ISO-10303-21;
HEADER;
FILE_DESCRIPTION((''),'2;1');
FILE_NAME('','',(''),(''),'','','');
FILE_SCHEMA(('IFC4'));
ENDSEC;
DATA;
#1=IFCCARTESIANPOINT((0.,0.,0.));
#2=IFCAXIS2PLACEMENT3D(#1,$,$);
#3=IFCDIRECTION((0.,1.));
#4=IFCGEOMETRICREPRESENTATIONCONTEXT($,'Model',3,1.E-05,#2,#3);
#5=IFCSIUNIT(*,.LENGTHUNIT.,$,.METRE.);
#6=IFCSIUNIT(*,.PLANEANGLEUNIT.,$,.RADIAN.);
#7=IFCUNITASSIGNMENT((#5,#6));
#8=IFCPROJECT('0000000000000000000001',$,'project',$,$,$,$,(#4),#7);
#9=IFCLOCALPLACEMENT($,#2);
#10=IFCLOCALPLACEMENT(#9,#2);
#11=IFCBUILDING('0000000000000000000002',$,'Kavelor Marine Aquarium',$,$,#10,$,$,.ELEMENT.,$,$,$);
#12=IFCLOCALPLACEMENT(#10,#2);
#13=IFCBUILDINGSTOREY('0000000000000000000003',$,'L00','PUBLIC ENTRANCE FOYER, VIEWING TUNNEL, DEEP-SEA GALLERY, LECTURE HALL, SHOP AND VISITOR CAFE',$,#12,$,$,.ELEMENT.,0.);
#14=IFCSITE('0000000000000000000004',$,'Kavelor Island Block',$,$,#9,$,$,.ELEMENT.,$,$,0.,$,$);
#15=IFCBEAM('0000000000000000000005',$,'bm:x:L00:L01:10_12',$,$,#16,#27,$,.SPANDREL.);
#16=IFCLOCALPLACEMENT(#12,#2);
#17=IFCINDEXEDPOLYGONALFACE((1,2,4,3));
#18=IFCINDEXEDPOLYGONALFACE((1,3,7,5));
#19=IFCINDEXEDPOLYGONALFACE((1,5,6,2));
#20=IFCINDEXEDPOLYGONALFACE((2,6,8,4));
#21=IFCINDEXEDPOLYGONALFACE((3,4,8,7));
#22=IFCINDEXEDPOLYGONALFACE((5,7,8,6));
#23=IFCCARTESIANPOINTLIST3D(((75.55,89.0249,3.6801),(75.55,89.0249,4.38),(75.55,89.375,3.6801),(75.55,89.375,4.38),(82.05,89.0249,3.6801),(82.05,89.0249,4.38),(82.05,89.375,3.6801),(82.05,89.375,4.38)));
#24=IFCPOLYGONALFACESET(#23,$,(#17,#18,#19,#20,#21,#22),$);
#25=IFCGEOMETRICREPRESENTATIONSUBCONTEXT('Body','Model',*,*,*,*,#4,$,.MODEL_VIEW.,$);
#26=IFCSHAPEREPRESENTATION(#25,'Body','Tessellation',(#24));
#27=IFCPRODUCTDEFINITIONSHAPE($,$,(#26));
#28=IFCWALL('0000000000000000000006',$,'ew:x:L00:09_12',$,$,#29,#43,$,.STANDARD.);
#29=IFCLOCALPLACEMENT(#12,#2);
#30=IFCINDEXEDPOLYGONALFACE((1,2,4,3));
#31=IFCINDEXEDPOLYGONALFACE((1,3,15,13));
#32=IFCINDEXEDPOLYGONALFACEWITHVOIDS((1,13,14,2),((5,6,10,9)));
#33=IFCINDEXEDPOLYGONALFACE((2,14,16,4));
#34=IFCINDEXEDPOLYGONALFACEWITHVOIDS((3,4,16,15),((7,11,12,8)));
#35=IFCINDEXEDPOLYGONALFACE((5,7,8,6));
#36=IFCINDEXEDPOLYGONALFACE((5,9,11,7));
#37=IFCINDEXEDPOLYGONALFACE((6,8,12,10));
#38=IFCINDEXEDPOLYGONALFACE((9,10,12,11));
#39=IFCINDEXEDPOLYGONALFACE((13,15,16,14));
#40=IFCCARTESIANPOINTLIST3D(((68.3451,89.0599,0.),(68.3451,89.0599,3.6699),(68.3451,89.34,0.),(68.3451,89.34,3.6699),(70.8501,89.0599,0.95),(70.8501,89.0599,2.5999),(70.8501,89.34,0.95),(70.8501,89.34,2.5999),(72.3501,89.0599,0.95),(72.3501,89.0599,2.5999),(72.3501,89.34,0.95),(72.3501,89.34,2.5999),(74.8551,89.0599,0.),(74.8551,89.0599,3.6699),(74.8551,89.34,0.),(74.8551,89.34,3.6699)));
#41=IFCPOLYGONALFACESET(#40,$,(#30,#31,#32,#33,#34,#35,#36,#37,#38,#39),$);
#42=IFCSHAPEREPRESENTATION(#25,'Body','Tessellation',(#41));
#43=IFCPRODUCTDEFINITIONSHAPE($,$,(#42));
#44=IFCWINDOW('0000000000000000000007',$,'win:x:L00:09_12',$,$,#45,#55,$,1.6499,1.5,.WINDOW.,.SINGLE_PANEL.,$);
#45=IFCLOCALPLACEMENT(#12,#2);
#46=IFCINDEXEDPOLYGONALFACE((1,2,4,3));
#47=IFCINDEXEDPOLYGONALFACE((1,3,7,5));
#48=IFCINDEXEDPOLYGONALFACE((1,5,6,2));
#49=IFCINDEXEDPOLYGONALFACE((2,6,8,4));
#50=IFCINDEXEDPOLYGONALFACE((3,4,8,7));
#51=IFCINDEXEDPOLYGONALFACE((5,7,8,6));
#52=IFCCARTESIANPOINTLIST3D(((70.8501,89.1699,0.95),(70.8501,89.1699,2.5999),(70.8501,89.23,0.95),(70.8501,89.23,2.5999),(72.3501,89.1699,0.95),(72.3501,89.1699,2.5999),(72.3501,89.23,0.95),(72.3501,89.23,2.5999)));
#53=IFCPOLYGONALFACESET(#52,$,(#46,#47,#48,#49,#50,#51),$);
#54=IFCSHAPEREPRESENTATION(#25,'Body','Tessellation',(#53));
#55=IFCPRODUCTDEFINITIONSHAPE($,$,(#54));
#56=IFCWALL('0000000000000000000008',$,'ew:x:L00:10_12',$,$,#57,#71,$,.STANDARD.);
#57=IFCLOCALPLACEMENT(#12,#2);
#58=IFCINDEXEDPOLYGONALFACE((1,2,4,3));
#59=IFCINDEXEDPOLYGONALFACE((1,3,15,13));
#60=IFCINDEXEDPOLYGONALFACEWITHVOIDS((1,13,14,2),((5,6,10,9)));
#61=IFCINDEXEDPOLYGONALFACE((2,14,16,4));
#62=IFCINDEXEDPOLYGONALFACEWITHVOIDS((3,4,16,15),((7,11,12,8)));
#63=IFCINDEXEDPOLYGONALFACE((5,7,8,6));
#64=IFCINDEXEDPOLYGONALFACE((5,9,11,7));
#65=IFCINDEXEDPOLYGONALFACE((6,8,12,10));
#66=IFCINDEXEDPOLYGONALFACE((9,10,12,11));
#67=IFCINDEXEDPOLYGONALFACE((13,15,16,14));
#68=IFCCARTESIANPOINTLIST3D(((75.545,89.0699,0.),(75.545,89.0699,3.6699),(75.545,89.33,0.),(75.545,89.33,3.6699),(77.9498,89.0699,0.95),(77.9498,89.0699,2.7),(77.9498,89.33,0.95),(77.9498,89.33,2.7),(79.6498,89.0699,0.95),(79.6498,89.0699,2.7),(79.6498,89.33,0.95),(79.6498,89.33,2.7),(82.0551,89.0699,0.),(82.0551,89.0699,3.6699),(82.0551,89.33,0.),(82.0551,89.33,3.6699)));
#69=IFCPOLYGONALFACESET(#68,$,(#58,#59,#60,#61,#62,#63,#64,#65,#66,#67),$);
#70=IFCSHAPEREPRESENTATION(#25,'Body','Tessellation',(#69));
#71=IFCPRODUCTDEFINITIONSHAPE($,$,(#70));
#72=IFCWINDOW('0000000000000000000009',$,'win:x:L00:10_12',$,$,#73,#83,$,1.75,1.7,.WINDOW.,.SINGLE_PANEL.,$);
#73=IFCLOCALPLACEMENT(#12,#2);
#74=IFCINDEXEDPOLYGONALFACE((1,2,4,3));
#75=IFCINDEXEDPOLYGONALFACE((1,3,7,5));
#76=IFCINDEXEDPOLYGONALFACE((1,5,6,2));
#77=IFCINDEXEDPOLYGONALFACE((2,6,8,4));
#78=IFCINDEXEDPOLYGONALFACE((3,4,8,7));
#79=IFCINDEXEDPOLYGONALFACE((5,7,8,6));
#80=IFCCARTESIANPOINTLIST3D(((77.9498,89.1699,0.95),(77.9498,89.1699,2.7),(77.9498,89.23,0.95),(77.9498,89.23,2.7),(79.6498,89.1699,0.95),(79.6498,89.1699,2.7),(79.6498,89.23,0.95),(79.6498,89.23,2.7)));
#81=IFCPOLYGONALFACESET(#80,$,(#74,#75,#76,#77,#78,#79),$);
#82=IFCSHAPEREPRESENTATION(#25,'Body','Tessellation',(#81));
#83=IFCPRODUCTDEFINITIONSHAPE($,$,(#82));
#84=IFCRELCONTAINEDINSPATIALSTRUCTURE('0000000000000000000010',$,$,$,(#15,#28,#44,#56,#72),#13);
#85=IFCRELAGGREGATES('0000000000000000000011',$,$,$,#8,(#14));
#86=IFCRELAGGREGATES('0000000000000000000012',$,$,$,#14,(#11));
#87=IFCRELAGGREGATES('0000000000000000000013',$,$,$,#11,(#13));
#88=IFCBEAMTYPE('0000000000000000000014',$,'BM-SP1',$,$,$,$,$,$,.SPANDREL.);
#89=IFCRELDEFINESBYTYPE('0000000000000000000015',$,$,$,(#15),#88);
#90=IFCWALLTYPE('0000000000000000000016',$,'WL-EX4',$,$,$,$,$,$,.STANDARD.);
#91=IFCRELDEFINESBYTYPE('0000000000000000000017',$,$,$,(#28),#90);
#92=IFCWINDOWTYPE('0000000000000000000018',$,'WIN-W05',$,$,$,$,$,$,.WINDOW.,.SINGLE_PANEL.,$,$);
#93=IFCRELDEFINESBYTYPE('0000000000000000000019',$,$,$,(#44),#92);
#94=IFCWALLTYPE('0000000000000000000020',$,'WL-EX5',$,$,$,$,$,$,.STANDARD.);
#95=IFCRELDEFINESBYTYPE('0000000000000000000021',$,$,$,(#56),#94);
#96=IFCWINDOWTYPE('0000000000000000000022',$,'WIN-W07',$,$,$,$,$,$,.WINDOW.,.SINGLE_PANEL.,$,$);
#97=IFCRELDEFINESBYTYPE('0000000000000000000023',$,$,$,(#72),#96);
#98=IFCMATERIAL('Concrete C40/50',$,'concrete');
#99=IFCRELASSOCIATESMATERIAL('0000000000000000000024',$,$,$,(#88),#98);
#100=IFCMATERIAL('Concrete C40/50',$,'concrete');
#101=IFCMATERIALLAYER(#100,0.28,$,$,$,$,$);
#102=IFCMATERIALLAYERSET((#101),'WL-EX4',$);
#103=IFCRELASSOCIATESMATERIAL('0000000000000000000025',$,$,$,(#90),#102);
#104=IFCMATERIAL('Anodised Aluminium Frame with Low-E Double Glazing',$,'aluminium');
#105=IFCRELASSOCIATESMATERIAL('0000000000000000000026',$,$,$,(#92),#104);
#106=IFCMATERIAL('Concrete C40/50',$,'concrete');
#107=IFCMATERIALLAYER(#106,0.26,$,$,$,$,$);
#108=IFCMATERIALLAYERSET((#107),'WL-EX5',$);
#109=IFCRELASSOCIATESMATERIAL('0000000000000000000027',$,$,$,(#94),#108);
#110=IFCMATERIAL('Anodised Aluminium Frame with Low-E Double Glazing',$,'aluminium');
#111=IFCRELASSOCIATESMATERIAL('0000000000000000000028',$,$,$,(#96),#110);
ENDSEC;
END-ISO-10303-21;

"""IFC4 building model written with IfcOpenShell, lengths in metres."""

from ifc_helpers import new_model, si_unit, direction, frame, frame_2d, origin, origin_2d, place, context, subcontext, project, spatial, rectangle, extrude, material, layer, layer_set, material_profile, profile_set, type_object, element, fill, save


model = new_model("IFC4")

# Units and contexts
model_context = context("Model", 3, precision=1e-05, world=origin(), true_north=direction((0.0, 1.0)))
body_context = subcontext(model_context, "Body", "Model", "MODEL_VIEW")
ifc_project = project(units=[si_unit("LENGTHUNIT", "METRE"), si_unit("PLANEANGLEUNIT", "RADIAN")], contexts=[model_context])

# Site, building, storey
site_placement = place(None, origin())
site = spatial("IfcSite", under=ifc_project, at=site_placement, Name="Kavelor Island Block", CompositionType="ELEMENT", RefElevation=0.0)
building_placement = place(site_placement, origin())
building = spatial("IfcBuilding", under=site, at=building_placement, Name="Kavelor Marine Aquarium", CompositionType="ELEMENT")
storey_placement = place(building_placement, origin())
storey = spatial("IfcBuildingStorey", under=building, at=storey_placement, Name="L00", Description="PUBLIC ENTRANCE FOYER, VIEWING TUNNEL, DEEP-SEA GALLERY, LECTURE HALL, SHOP AND VISITOR CAFE", CompositionType="ELEMENT", Elevation=0.0)

# Beam
ifc_material_1 = material(Name="Concrete C40/50", Category="concrete")
ifc_material_profile_1 = material_profile(ifc_material_1, rectangle(XDim=0.3501, YDim=0.7, at=origin_2d()), Name="RC-SP 350x700")
ifc_profile_set_1 = profile_set([ifc_material_profile_1], Name="Concrete C40/50")
beam_type_1 = type_object("IfcBeamType", Name="BM-SP1", PredefinedType="SPANDREL", material=ifc_profile_set_1)
beam_1_placement = place(storey_placement, frame((75.55, 89.2, 4.03), z_axis=(1.0, 0.0, 0.0), x_axis=(0.0, 1.0, 0.0)))
element("IfcBeam", 1, at=beam_1_placement, inside=storey, type_object=beam_type_1, Name="bm:x:L00:L01:10_12", PredefinedType="SPANDREL", context=body_context, shape_type="SweptSolid", body=[
    extrude(rectangle(XDim=0.3501, YDim=0.7, at=origin_2d()), origin(), (0.0, 0.0, 1.0), 6.5),
])

# Walls, openings, windows
ifc_material_2 = material(Name="Concrete C40/50", Category="concrete")
ifc_layer_1 = layer(ifc_material_2, 0.28)
ifc_layer_set_1 = layer_set([ifc_layer_1], Name="WL-EX4")
wall_type_1 = type_object("IfcWallType", Name="WL-EX4", PredefinedType="STANDARD", material=ifc_layer_set_1)
wall_1_placement = place(storey_placement, frame((74.855, 89.2, 0.0), z_axis=(0.0, 0.0, 1.0), x_axis=(-1.0, 0.0, 0.0)))
wall_1 = element("IfcWall", 2, at=wall_1_placement, inside=storey, type_object=wall_type_1, Name="ew:x:L00:09_12", PredefinedType="STANDARD", context=body_context, shape_type="SweptSolid", body=[
    extrude(rectangle(XDim=6.51, YDim=0.28, at=frame_2d((3.2549, 0.0))), origin(), (0.0, 0.0, 1.0), 3.6699),
])
opening_1_placement = place(wall_1_placement, frame((2.5049, 0.0, 0.95)))
opening_1 = element("IfcOpeningElement", 3, at=opening_1_placement, cuts=wall_1, PredefinedType="OPENING", context=body_context, shape_type="SweptSolid", body=[
    extrude(rectangle(XDim=1.5, YDim=1.6499, at=frame_2d((0.75, 0.825))), frame((0.0, 0.1499, 0.0), z_axis=(0.0, -1.0, 0.0), x_axis=(1.0, 0.0, 0.0)), (0.0, 0.0, 1.0), 0.3),
])
ifc_material_3 = material(Name="Anodised Aluminium Frame with Low-E Double Glazing", Category="aluminium")
window_type_1 = type_object("IfcWindowType", Name="WIN-W05", PartitioningType="SINGLE_PANEL", PredefinedType="WINDOW", material=ifc_material_3)
window_1_placement = place(opening_1_placement, origin())
window_1 = element("IfcWindow", 4, at=window_1_placement, inside=storey, type_object=window_type_1, Name="win:x:L00:09_12", OverallHeight=1.6499, OverallWidth=1.5, PartitioningType="SINGLE_PANEL", PredefinedType="WINDOW", context=body_context, shape_type="SweptSolid", body=[
    extrude(rectangle(XDim=1.5, YDim=1.6499, at=frame_2d((0.75, 0.825))), frame((0.0, 0.03, 0.0), z_axis=(0.0, -1.0, 0.0), x_axis=(1.0, 0.0, 0.0)), (0.0, 0.0, 1.0), 0.0601),
])
fill(opening_1, window_1)
ifc_material_4 = material(Name="Concrete C40/50", Category="concrete")
ifc_layer_2 = layer(ifc_material_4, 0.26)
ifc_layer_set_2 = layer_set([ifc_layer_2], Name="WL-EX5")
wall_type_2 = type_object("IfcWallType", Name="WL-EX5", PredefinedType="STANDARD", material=ifc_layer_set_2)
wall_2_placement = place(storey_placement, frame((82.0549, 89.2, 0.0), z_axis=(0.0, 0.0, 1.0), x_axis=(-1.0, 0.0, 0.0)))
wall_2 = element("IfcWall", 5, at=wall_2_placement, inside=storey, type_object=wall_type_2, Name="ew:x:L00:10_12", PredefinedType="STANDARD", context=body_context, shape_type="SweptSolid", body=[
    extrude(rectangle(XDim=6.51, YDim=0.26, at=frame_2d((3.2549, 0.0))), origin(), (0.0, 0.0, 1.0), 3.6699),
])
opening_2_placement = place(wall_2_placement, frame((2.405, 0.0, 0.95)))
opening_2 = element("IfcOpeningElement", 6, at=opening_2_placement, cuts=wall_2, PredefinedType="OPENING", context=body_context, shape_type="SweptSolid", body=[
    extrude(rectangle(XDim=1.7, YDim=1.75, at=frame_2d((0.8501, 0.875))), frame((0.0, 0.1399, 0.0), z_axis=(0.0, -1.0, 0.0), x_axis=(1.0, 0.0, 0.0)), (0.0, 0.0, 1.0), 0.28),
])
ifc_material_5 = material(Name="Anodised Aluminium Frame with Low-E Double Glazing", Category="aluminium")
window_type_2 = type_object("IfcWindowType", Name="WIN-W07", PartitioningType="SINGLE_PANEL", PredefinedType="WINDOW", material=ifc_material_5)
window_2_placement = place(opening_2_placement, origin())
window_2 = element("IfcWindow", 7, at=window_2_placement, inside=storey, type_object=window_type_2, Name="win:x:L00:10_12", OverallHeight=1.75, OverallWidth=1.7, PartitioningType="SINGLE_PANEL", PredefinedType="WINDOW", context=body_context, shape_type="SweptSolid", body=[
    extrude(rectangle(XDim=1.7, YDim=1.75, at=frame_2d((0.8501, 0.875))), frame((0.0, 0.03, 0.0), z_axis=(0.0, -1.0, 0.0), x_axis=(1.0, 0.0, 0.0)), (0.0, 0.0, 1.0), 0.0601),
])
fill(opening_2, window_2)

save(model, "model.ifc")
